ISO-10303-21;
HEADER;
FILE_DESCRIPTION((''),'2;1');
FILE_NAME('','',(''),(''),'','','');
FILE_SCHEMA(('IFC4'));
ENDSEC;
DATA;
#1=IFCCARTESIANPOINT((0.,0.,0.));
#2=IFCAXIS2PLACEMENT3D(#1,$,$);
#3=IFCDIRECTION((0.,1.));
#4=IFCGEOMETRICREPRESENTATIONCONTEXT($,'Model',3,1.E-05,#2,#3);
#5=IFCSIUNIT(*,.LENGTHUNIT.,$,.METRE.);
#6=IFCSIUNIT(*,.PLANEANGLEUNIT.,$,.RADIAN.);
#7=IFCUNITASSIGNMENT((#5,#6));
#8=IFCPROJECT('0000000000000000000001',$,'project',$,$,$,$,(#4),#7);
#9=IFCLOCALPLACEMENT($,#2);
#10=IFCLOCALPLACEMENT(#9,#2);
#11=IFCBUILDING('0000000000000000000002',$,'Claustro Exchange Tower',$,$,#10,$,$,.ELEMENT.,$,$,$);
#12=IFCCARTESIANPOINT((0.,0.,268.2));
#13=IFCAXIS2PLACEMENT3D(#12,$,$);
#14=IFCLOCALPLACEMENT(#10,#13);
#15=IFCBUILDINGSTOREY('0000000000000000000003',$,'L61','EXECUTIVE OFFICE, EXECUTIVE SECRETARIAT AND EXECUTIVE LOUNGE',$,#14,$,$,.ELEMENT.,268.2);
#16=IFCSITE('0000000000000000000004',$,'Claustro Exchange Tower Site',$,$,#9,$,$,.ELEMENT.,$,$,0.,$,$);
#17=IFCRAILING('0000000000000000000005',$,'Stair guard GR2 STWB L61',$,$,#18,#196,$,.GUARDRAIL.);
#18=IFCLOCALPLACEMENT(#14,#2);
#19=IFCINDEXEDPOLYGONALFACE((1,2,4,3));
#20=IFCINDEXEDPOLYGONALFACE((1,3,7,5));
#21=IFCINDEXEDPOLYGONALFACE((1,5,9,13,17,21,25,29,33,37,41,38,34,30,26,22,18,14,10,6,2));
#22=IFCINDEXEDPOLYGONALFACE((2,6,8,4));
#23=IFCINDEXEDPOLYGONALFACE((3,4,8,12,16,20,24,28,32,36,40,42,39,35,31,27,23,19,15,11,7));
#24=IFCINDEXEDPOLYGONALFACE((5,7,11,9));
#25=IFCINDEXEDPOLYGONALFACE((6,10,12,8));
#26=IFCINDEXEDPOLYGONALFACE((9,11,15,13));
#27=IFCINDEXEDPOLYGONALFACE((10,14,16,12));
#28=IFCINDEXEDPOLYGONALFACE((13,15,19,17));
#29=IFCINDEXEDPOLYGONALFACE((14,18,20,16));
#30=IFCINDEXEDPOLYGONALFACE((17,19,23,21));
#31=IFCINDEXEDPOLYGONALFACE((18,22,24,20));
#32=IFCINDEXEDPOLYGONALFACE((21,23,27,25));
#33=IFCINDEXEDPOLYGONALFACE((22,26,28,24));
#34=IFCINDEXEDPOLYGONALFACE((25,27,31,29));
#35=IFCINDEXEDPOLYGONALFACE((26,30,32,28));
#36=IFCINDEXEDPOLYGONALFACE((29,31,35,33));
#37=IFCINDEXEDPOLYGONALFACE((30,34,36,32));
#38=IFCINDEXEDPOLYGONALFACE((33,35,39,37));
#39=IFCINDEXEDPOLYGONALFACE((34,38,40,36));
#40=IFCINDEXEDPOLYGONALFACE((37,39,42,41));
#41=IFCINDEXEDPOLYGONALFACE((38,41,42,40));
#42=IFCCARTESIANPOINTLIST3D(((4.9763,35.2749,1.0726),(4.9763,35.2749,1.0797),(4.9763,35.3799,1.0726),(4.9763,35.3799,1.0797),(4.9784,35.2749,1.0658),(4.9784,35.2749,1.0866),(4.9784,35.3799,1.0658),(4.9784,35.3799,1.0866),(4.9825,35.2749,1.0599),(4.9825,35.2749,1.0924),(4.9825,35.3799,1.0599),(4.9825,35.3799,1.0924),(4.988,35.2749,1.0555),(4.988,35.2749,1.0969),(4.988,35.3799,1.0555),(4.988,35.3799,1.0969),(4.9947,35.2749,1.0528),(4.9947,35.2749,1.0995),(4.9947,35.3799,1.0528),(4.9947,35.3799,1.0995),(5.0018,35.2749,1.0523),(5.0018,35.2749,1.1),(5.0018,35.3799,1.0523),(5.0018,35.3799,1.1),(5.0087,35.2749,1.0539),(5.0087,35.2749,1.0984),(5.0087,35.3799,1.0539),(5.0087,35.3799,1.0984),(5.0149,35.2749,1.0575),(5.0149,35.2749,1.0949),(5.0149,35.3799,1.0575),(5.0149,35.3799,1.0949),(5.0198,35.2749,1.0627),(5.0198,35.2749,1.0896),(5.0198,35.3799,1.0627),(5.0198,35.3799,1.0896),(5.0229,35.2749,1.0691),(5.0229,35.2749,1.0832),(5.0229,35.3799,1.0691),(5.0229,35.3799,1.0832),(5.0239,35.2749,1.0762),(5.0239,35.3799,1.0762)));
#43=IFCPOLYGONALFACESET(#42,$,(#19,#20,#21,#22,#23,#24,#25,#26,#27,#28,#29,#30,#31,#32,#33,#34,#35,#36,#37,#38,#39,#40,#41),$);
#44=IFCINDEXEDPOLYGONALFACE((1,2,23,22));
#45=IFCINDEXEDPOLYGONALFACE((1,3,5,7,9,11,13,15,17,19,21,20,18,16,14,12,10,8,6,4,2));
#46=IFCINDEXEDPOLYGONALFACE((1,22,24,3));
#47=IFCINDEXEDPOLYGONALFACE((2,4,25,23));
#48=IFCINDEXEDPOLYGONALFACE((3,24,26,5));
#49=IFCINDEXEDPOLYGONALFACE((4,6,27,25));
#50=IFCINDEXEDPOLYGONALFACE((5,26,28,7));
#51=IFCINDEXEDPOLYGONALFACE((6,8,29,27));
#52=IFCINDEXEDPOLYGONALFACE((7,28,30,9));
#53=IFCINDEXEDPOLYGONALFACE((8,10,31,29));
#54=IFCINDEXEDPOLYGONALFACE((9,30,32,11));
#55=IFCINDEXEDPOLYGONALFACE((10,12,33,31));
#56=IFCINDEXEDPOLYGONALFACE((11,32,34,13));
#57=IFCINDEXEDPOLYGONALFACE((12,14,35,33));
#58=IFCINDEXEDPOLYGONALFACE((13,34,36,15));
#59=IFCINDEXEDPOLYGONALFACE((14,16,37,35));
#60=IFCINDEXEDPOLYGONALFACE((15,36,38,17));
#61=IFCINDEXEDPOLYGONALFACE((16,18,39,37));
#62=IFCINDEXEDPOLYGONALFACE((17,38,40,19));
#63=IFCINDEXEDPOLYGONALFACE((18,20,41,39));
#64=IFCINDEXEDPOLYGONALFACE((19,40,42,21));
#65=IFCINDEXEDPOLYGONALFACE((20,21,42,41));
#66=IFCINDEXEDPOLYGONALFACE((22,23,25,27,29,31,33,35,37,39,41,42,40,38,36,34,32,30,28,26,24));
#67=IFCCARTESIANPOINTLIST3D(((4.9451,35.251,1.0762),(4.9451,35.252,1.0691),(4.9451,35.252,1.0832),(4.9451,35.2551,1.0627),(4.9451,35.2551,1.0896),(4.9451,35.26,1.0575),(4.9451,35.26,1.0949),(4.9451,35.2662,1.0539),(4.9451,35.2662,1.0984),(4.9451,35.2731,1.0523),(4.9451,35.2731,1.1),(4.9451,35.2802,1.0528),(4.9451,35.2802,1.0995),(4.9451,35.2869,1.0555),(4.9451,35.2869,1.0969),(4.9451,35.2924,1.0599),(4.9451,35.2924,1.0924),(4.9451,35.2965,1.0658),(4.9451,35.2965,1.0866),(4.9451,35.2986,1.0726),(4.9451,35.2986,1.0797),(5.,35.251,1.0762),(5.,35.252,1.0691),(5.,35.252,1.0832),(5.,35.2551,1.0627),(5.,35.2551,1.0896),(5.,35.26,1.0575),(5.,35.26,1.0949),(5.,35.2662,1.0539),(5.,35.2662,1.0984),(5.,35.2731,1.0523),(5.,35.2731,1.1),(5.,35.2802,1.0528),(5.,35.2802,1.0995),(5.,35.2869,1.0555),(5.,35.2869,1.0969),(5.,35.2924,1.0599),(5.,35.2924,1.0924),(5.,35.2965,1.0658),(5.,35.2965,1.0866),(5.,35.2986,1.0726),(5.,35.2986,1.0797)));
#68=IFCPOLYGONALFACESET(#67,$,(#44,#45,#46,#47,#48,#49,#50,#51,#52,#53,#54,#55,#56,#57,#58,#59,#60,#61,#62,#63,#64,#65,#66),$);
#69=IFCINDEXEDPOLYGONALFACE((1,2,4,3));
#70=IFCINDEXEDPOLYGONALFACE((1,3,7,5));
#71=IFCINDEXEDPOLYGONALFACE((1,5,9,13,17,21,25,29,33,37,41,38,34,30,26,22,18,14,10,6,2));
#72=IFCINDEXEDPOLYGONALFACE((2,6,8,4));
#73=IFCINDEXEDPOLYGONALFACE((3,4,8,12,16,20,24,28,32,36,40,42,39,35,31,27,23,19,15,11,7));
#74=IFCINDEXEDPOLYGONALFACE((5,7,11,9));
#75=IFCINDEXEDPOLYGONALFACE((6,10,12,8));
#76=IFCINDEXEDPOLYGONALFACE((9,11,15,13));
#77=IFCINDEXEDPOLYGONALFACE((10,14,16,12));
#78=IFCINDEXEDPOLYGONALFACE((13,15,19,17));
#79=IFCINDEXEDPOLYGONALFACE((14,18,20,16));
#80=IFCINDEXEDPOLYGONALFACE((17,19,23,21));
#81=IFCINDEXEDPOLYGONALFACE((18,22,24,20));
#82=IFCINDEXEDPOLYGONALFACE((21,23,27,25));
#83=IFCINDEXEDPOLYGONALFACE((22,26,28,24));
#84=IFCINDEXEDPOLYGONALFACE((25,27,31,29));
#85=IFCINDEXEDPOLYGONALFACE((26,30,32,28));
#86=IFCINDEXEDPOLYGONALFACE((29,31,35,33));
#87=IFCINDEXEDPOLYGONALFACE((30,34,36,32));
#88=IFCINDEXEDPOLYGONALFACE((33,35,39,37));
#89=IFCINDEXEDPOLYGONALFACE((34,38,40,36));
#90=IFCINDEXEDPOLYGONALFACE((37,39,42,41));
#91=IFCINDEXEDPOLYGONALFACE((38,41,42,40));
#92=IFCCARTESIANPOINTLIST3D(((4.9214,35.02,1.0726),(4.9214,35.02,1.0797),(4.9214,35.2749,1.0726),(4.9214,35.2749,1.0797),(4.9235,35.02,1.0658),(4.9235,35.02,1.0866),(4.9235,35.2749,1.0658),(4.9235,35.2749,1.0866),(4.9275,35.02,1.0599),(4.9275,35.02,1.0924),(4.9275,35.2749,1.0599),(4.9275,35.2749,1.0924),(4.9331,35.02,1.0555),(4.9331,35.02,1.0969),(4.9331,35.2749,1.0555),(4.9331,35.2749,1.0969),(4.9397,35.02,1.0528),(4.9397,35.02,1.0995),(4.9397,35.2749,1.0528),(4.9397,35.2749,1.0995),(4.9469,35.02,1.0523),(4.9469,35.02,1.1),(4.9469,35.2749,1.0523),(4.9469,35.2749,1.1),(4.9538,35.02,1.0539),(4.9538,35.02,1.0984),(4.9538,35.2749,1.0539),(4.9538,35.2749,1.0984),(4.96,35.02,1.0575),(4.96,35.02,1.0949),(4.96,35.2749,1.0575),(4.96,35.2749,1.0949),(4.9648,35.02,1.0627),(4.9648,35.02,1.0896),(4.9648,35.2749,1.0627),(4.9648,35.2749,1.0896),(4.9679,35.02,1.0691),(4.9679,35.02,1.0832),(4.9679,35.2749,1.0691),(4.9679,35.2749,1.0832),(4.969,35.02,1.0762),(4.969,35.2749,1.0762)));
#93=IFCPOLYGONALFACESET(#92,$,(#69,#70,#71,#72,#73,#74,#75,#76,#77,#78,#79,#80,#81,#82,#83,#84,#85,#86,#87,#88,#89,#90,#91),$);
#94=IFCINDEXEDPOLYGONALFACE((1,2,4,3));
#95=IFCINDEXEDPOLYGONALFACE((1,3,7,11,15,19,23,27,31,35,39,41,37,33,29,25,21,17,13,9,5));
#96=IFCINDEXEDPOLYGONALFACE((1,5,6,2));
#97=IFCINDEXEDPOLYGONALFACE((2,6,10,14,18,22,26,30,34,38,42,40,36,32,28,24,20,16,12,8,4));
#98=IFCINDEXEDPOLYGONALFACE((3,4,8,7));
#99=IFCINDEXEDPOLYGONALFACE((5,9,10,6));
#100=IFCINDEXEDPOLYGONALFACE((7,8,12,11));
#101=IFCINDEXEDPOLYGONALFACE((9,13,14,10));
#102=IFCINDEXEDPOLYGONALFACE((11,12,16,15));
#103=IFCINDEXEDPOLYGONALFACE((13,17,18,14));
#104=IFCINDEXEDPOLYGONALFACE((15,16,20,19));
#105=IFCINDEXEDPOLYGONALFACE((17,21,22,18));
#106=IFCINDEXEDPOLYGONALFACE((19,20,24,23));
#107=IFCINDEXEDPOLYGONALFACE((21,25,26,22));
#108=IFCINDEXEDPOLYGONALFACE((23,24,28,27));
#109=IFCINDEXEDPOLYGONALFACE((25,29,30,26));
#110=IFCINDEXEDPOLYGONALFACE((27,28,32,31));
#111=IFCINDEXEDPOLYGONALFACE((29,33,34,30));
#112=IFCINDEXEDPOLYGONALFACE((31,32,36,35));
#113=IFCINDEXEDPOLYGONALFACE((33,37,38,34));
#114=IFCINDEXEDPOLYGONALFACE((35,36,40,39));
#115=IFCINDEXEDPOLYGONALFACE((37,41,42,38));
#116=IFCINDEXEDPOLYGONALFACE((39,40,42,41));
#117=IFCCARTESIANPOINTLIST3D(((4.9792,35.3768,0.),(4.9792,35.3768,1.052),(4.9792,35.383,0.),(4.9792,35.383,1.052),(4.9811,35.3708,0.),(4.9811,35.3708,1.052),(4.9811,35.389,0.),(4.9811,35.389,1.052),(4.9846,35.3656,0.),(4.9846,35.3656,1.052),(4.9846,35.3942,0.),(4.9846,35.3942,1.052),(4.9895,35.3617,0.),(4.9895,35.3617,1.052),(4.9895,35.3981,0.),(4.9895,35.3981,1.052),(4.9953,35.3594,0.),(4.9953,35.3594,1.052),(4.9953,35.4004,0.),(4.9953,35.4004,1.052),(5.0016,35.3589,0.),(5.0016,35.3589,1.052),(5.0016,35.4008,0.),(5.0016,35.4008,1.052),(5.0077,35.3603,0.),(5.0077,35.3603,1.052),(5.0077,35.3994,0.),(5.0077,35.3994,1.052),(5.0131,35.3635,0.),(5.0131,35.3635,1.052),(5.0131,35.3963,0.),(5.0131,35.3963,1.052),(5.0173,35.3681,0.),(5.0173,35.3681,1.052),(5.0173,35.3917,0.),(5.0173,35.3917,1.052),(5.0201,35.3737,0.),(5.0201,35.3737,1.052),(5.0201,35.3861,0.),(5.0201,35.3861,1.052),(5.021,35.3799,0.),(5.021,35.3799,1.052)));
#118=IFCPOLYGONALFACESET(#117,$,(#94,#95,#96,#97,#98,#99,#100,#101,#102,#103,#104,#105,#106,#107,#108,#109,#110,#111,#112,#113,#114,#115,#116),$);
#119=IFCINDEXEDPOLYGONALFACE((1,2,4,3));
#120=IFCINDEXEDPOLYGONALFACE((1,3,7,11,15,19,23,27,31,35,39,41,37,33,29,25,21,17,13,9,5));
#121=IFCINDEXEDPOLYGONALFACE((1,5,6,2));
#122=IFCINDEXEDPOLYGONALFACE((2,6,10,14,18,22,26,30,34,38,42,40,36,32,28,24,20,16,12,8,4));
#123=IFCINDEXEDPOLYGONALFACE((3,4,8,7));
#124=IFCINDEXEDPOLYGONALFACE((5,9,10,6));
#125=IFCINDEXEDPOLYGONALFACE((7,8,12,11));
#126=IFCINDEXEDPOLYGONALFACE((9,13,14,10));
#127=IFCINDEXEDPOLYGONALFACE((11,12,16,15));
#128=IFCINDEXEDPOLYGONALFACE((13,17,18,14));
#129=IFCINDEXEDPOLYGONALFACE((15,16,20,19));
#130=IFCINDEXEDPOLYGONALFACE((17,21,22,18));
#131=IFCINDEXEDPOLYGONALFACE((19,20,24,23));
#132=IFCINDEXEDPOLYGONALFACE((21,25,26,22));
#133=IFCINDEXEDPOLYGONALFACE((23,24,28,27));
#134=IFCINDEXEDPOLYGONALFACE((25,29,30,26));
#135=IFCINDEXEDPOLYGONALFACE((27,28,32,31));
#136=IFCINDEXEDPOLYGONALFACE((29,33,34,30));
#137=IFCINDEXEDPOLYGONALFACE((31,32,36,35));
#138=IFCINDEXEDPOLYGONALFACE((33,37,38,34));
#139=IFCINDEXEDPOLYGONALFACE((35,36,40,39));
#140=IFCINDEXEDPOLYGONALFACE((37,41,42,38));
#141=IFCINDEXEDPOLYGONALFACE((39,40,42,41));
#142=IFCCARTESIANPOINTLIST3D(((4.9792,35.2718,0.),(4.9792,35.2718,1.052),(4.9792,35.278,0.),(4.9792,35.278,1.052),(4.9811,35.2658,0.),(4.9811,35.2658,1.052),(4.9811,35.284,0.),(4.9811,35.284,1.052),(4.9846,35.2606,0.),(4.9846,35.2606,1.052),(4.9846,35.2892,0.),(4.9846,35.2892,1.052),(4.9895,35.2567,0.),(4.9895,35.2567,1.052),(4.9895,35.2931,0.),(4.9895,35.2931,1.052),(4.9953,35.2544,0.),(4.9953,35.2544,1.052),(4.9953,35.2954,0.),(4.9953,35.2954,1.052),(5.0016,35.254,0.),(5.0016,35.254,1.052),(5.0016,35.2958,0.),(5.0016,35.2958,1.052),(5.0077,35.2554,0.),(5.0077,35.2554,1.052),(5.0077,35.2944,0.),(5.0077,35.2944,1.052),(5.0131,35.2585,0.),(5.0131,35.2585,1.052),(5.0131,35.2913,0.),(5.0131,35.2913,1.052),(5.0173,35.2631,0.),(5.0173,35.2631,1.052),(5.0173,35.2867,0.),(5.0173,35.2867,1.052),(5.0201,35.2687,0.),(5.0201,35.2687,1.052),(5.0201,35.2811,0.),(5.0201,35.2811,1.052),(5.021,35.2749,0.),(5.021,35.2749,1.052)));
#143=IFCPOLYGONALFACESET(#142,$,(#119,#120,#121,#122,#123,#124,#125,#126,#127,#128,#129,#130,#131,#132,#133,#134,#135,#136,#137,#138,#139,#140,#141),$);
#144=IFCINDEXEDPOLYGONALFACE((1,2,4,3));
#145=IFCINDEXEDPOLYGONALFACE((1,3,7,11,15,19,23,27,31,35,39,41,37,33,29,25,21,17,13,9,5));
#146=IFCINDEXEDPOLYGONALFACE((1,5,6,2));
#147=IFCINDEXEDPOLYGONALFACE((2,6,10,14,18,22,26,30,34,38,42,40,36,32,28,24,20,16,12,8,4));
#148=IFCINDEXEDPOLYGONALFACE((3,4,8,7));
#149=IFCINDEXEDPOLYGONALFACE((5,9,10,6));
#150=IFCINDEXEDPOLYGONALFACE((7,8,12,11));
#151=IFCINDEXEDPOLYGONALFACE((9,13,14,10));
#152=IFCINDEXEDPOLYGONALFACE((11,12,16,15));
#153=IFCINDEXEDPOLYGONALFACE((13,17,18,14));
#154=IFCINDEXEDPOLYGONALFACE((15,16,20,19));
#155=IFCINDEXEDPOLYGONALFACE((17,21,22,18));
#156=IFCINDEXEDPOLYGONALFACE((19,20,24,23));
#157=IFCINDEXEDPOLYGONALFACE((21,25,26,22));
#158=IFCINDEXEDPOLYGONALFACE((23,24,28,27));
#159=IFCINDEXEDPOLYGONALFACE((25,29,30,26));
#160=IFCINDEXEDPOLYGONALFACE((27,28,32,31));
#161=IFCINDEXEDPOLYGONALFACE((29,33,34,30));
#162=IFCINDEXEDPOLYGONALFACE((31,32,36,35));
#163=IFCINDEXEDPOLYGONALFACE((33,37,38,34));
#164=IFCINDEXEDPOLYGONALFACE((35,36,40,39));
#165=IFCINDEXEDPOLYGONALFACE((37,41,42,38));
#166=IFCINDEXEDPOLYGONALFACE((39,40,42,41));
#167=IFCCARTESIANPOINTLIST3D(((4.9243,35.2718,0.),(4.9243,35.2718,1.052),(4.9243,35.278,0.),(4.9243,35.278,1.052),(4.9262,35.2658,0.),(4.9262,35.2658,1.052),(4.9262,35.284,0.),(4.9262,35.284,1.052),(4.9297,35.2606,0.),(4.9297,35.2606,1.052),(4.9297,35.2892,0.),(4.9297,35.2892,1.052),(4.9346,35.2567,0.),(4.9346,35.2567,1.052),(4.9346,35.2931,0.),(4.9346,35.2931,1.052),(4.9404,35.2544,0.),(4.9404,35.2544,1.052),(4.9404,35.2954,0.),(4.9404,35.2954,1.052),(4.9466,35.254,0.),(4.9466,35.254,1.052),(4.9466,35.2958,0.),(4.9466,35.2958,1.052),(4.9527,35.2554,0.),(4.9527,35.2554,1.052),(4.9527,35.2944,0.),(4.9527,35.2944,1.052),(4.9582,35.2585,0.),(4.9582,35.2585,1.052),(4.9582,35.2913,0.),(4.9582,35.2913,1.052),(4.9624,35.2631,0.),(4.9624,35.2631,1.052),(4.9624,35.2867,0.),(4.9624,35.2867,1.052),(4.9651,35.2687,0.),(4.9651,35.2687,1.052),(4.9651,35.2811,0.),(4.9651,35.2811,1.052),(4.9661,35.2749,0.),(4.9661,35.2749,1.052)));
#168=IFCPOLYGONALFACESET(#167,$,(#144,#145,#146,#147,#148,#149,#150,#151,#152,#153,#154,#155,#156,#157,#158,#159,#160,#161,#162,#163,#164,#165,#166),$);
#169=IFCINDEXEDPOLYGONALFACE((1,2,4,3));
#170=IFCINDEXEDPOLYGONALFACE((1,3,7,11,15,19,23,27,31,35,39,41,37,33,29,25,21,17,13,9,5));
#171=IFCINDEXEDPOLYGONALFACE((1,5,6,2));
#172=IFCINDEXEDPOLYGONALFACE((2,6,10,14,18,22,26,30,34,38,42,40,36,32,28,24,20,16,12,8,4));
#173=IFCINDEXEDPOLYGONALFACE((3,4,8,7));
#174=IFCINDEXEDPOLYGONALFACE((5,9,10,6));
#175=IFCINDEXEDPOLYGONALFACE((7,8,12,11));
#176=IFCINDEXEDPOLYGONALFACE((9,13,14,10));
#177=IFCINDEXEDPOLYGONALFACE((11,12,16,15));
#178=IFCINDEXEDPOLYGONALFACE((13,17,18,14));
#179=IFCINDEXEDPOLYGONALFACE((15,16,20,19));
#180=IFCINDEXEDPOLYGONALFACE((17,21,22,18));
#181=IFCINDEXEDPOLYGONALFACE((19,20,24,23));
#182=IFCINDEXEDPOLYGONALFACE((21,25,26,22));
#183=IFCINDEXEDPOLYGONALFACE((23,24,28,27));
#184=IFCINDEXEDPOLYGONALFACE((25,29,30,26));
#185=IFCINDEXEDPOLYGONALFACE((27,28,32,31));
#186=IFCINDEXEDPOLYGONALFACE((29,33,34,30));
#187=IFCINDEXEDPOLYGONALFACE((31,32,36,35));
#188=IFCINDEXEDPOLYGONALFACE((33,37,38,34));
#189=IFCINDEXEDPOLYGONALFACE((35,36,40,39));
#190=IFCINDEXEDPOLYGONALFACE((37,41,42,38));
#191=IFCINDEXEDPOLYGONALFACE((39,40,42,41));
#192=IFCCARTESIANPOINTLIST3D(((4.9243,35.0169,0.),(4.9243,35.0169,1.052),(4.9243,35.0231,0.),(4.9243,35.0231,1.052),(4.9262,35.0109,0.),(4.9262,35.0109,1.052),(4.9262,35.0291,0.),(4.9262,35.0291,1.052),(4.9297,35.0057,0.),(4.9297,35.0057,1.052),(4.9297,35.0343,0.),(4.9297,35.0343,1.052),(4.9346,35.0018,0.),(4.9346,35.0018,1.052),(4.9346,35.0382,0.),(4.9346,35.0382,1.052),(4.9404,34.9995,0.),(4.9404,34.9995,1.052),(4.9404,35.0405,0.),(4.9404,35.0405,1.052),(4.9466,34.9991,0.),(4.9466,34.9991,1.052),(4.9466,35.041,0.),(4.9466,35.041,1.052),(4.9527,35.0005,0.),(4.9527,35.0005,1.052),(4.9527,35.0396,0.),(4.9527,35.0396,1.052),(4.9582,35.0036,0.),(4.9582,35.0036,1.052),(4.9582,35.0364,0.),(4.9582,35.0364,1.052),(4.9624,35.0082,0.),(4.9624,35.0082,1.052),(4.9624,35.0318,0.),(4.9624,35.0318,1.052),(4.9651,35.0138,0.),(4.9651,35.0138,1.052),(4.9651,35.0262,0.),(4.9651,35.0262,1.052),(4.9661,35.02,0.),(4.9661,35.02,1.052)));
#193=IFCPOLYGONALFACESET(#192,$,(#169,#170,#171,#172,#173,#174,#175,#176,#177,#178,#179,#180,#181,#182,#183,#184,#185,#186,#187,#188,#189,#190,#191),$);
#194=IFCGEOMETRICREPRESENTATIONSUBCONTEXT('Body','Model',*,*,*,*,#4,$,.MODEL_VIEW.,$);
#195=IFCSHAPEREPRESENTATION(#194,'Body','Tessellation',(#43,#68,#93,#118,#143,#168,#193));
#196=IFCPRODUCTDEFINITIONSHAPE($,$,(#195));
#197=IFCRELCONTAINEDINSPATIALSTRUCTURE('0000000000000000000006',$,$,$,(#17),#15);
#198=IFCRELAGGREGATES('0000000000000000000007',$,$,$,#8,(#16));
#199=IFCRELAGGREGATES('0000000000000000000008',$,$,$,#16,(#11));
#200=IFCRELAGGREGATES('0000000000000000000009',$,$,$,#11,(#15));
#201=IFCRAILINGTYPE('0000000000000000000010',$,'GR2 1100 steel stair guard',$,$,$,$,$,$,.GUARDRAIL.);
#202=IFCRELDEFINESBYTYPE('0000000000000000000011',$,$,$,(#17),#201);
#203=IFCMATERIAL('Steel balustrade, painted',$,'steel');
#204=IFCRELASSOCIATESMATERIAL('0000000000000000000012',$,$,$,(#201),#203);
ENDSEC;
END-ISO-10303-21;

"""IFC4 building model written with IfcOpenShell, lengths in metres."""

from ifc_helpers import new_model, si_unit, direction, frame, origin, origin_2d, place, context, subcontext, project, spatial, circle, extrude, material, type_object, element, save


model = new_model("IFC4")

# Units and contexts
model_context = context("Model", 3, precision=1e-05, world=origin(), true_north=direction((0.0, 1.0)))
body_context = subcontext(model_context, "Body", "Model", "MODEL_VIEW")
ifc_project = project(units=[si_unit("LENGTHUNIT", "METRE"), si_unit("PLANEANGLEUNIT", "RADIAN")], contexts=[model_context])

# Site, building, storey
site_placement = place(None, origin())
site = spatial("IfcSite", under=ifc_project, at=site_placement, Name="Claustro Exchange Tower Site", CompositionType="ELEMENT", RefElevation=0.0)
building_placement = place(site_placement, origin())
building = spatial("IfcBuilding", under=site, at=building_placement, Name="Claustro Exchange Tower", CompositionType="ELEMENT")
storey_placement = place(building_placement, frame((0.0, 0.0, 268.2)))
storey = spatial("IfcBuildingStorey", under=building, at=storey_placement, Name="L61", Description="EXECUTIVE OFFICE, EXECUTIVE SECRETARIAT AND EXECUTIVE LOUNGE", CompositionType="ELEMENT", Elevation=268.2)

# Railing
ifc_material_1 = material(Name="Steel balustrade, painted", Category="steel")
railing_type_1 = type_object("IfcRailingType", Name="GR2 1100 steel stair guard", PredefinedType="GUARDRAIL", material=ifc_material_1)
railing_1_placement = place(storey_placement, frame((5.0, 35.3799, 0.0)))
element("IfcRailing", 1, at=railing_1_placement, inside=storey, type_object=railing_type_1, Name="Stair guard GR2 STWB L61", PredefinedType="GUARDRAIL", context=body_context, shape_type="SweptSolid", body=[
    extrude(circle(Radius=0.0239, at=origin_2d()), frame((0.0, 0.0, 1.0762), z_axis=(0.0, -1.0, 0.0), x_axis=(1.0, 0.0, 0.0)), (0.0, 0.0, 1.0), 0.105),
    extrude(circle(Radius=0.0239, at=origin_2d()), frame((0.0, -0.105, 1.0762), z_axis=(-1.0, 0.0, 0.0), x_axis=(0.0, -1.0, 0.0)), (0.0, 0.0, 1.0), 0.0549),
    extrude(circle(Radius=0.0239, at=origin_2d()), frame((-0.0549, -0.105, 1.0762), z_axis=(0.0, -1.0, 0.0), x_axis=(1.0, 0.0, 0.0)), (0.0, 0.0, 1.0), 0.2549),
    extrude(circle(Radius=0.021, at=origin_2d()), origin(), (0.0, 0.0, 1.0), 1.052),
    extrude(circle(Radius=0.021, at=origin_2d()), frame((0.0, -0.105, 0.0)), (0.0, 0.0, 1.0), 1.052),
    extrude(circle(Radius=0.021, at=origin_2d()), frame((-0.0549, -0.105, 0.0)), (0.0, 0.0, 1.0), 1.052),
    extrude(circle(Radius=0.021, at=origin_2d()), frame((-0.0549, -0.3599, 0.0)), (0.0, 0.0, 1.0), 1.052),
])

save(model, "model.ifc")
